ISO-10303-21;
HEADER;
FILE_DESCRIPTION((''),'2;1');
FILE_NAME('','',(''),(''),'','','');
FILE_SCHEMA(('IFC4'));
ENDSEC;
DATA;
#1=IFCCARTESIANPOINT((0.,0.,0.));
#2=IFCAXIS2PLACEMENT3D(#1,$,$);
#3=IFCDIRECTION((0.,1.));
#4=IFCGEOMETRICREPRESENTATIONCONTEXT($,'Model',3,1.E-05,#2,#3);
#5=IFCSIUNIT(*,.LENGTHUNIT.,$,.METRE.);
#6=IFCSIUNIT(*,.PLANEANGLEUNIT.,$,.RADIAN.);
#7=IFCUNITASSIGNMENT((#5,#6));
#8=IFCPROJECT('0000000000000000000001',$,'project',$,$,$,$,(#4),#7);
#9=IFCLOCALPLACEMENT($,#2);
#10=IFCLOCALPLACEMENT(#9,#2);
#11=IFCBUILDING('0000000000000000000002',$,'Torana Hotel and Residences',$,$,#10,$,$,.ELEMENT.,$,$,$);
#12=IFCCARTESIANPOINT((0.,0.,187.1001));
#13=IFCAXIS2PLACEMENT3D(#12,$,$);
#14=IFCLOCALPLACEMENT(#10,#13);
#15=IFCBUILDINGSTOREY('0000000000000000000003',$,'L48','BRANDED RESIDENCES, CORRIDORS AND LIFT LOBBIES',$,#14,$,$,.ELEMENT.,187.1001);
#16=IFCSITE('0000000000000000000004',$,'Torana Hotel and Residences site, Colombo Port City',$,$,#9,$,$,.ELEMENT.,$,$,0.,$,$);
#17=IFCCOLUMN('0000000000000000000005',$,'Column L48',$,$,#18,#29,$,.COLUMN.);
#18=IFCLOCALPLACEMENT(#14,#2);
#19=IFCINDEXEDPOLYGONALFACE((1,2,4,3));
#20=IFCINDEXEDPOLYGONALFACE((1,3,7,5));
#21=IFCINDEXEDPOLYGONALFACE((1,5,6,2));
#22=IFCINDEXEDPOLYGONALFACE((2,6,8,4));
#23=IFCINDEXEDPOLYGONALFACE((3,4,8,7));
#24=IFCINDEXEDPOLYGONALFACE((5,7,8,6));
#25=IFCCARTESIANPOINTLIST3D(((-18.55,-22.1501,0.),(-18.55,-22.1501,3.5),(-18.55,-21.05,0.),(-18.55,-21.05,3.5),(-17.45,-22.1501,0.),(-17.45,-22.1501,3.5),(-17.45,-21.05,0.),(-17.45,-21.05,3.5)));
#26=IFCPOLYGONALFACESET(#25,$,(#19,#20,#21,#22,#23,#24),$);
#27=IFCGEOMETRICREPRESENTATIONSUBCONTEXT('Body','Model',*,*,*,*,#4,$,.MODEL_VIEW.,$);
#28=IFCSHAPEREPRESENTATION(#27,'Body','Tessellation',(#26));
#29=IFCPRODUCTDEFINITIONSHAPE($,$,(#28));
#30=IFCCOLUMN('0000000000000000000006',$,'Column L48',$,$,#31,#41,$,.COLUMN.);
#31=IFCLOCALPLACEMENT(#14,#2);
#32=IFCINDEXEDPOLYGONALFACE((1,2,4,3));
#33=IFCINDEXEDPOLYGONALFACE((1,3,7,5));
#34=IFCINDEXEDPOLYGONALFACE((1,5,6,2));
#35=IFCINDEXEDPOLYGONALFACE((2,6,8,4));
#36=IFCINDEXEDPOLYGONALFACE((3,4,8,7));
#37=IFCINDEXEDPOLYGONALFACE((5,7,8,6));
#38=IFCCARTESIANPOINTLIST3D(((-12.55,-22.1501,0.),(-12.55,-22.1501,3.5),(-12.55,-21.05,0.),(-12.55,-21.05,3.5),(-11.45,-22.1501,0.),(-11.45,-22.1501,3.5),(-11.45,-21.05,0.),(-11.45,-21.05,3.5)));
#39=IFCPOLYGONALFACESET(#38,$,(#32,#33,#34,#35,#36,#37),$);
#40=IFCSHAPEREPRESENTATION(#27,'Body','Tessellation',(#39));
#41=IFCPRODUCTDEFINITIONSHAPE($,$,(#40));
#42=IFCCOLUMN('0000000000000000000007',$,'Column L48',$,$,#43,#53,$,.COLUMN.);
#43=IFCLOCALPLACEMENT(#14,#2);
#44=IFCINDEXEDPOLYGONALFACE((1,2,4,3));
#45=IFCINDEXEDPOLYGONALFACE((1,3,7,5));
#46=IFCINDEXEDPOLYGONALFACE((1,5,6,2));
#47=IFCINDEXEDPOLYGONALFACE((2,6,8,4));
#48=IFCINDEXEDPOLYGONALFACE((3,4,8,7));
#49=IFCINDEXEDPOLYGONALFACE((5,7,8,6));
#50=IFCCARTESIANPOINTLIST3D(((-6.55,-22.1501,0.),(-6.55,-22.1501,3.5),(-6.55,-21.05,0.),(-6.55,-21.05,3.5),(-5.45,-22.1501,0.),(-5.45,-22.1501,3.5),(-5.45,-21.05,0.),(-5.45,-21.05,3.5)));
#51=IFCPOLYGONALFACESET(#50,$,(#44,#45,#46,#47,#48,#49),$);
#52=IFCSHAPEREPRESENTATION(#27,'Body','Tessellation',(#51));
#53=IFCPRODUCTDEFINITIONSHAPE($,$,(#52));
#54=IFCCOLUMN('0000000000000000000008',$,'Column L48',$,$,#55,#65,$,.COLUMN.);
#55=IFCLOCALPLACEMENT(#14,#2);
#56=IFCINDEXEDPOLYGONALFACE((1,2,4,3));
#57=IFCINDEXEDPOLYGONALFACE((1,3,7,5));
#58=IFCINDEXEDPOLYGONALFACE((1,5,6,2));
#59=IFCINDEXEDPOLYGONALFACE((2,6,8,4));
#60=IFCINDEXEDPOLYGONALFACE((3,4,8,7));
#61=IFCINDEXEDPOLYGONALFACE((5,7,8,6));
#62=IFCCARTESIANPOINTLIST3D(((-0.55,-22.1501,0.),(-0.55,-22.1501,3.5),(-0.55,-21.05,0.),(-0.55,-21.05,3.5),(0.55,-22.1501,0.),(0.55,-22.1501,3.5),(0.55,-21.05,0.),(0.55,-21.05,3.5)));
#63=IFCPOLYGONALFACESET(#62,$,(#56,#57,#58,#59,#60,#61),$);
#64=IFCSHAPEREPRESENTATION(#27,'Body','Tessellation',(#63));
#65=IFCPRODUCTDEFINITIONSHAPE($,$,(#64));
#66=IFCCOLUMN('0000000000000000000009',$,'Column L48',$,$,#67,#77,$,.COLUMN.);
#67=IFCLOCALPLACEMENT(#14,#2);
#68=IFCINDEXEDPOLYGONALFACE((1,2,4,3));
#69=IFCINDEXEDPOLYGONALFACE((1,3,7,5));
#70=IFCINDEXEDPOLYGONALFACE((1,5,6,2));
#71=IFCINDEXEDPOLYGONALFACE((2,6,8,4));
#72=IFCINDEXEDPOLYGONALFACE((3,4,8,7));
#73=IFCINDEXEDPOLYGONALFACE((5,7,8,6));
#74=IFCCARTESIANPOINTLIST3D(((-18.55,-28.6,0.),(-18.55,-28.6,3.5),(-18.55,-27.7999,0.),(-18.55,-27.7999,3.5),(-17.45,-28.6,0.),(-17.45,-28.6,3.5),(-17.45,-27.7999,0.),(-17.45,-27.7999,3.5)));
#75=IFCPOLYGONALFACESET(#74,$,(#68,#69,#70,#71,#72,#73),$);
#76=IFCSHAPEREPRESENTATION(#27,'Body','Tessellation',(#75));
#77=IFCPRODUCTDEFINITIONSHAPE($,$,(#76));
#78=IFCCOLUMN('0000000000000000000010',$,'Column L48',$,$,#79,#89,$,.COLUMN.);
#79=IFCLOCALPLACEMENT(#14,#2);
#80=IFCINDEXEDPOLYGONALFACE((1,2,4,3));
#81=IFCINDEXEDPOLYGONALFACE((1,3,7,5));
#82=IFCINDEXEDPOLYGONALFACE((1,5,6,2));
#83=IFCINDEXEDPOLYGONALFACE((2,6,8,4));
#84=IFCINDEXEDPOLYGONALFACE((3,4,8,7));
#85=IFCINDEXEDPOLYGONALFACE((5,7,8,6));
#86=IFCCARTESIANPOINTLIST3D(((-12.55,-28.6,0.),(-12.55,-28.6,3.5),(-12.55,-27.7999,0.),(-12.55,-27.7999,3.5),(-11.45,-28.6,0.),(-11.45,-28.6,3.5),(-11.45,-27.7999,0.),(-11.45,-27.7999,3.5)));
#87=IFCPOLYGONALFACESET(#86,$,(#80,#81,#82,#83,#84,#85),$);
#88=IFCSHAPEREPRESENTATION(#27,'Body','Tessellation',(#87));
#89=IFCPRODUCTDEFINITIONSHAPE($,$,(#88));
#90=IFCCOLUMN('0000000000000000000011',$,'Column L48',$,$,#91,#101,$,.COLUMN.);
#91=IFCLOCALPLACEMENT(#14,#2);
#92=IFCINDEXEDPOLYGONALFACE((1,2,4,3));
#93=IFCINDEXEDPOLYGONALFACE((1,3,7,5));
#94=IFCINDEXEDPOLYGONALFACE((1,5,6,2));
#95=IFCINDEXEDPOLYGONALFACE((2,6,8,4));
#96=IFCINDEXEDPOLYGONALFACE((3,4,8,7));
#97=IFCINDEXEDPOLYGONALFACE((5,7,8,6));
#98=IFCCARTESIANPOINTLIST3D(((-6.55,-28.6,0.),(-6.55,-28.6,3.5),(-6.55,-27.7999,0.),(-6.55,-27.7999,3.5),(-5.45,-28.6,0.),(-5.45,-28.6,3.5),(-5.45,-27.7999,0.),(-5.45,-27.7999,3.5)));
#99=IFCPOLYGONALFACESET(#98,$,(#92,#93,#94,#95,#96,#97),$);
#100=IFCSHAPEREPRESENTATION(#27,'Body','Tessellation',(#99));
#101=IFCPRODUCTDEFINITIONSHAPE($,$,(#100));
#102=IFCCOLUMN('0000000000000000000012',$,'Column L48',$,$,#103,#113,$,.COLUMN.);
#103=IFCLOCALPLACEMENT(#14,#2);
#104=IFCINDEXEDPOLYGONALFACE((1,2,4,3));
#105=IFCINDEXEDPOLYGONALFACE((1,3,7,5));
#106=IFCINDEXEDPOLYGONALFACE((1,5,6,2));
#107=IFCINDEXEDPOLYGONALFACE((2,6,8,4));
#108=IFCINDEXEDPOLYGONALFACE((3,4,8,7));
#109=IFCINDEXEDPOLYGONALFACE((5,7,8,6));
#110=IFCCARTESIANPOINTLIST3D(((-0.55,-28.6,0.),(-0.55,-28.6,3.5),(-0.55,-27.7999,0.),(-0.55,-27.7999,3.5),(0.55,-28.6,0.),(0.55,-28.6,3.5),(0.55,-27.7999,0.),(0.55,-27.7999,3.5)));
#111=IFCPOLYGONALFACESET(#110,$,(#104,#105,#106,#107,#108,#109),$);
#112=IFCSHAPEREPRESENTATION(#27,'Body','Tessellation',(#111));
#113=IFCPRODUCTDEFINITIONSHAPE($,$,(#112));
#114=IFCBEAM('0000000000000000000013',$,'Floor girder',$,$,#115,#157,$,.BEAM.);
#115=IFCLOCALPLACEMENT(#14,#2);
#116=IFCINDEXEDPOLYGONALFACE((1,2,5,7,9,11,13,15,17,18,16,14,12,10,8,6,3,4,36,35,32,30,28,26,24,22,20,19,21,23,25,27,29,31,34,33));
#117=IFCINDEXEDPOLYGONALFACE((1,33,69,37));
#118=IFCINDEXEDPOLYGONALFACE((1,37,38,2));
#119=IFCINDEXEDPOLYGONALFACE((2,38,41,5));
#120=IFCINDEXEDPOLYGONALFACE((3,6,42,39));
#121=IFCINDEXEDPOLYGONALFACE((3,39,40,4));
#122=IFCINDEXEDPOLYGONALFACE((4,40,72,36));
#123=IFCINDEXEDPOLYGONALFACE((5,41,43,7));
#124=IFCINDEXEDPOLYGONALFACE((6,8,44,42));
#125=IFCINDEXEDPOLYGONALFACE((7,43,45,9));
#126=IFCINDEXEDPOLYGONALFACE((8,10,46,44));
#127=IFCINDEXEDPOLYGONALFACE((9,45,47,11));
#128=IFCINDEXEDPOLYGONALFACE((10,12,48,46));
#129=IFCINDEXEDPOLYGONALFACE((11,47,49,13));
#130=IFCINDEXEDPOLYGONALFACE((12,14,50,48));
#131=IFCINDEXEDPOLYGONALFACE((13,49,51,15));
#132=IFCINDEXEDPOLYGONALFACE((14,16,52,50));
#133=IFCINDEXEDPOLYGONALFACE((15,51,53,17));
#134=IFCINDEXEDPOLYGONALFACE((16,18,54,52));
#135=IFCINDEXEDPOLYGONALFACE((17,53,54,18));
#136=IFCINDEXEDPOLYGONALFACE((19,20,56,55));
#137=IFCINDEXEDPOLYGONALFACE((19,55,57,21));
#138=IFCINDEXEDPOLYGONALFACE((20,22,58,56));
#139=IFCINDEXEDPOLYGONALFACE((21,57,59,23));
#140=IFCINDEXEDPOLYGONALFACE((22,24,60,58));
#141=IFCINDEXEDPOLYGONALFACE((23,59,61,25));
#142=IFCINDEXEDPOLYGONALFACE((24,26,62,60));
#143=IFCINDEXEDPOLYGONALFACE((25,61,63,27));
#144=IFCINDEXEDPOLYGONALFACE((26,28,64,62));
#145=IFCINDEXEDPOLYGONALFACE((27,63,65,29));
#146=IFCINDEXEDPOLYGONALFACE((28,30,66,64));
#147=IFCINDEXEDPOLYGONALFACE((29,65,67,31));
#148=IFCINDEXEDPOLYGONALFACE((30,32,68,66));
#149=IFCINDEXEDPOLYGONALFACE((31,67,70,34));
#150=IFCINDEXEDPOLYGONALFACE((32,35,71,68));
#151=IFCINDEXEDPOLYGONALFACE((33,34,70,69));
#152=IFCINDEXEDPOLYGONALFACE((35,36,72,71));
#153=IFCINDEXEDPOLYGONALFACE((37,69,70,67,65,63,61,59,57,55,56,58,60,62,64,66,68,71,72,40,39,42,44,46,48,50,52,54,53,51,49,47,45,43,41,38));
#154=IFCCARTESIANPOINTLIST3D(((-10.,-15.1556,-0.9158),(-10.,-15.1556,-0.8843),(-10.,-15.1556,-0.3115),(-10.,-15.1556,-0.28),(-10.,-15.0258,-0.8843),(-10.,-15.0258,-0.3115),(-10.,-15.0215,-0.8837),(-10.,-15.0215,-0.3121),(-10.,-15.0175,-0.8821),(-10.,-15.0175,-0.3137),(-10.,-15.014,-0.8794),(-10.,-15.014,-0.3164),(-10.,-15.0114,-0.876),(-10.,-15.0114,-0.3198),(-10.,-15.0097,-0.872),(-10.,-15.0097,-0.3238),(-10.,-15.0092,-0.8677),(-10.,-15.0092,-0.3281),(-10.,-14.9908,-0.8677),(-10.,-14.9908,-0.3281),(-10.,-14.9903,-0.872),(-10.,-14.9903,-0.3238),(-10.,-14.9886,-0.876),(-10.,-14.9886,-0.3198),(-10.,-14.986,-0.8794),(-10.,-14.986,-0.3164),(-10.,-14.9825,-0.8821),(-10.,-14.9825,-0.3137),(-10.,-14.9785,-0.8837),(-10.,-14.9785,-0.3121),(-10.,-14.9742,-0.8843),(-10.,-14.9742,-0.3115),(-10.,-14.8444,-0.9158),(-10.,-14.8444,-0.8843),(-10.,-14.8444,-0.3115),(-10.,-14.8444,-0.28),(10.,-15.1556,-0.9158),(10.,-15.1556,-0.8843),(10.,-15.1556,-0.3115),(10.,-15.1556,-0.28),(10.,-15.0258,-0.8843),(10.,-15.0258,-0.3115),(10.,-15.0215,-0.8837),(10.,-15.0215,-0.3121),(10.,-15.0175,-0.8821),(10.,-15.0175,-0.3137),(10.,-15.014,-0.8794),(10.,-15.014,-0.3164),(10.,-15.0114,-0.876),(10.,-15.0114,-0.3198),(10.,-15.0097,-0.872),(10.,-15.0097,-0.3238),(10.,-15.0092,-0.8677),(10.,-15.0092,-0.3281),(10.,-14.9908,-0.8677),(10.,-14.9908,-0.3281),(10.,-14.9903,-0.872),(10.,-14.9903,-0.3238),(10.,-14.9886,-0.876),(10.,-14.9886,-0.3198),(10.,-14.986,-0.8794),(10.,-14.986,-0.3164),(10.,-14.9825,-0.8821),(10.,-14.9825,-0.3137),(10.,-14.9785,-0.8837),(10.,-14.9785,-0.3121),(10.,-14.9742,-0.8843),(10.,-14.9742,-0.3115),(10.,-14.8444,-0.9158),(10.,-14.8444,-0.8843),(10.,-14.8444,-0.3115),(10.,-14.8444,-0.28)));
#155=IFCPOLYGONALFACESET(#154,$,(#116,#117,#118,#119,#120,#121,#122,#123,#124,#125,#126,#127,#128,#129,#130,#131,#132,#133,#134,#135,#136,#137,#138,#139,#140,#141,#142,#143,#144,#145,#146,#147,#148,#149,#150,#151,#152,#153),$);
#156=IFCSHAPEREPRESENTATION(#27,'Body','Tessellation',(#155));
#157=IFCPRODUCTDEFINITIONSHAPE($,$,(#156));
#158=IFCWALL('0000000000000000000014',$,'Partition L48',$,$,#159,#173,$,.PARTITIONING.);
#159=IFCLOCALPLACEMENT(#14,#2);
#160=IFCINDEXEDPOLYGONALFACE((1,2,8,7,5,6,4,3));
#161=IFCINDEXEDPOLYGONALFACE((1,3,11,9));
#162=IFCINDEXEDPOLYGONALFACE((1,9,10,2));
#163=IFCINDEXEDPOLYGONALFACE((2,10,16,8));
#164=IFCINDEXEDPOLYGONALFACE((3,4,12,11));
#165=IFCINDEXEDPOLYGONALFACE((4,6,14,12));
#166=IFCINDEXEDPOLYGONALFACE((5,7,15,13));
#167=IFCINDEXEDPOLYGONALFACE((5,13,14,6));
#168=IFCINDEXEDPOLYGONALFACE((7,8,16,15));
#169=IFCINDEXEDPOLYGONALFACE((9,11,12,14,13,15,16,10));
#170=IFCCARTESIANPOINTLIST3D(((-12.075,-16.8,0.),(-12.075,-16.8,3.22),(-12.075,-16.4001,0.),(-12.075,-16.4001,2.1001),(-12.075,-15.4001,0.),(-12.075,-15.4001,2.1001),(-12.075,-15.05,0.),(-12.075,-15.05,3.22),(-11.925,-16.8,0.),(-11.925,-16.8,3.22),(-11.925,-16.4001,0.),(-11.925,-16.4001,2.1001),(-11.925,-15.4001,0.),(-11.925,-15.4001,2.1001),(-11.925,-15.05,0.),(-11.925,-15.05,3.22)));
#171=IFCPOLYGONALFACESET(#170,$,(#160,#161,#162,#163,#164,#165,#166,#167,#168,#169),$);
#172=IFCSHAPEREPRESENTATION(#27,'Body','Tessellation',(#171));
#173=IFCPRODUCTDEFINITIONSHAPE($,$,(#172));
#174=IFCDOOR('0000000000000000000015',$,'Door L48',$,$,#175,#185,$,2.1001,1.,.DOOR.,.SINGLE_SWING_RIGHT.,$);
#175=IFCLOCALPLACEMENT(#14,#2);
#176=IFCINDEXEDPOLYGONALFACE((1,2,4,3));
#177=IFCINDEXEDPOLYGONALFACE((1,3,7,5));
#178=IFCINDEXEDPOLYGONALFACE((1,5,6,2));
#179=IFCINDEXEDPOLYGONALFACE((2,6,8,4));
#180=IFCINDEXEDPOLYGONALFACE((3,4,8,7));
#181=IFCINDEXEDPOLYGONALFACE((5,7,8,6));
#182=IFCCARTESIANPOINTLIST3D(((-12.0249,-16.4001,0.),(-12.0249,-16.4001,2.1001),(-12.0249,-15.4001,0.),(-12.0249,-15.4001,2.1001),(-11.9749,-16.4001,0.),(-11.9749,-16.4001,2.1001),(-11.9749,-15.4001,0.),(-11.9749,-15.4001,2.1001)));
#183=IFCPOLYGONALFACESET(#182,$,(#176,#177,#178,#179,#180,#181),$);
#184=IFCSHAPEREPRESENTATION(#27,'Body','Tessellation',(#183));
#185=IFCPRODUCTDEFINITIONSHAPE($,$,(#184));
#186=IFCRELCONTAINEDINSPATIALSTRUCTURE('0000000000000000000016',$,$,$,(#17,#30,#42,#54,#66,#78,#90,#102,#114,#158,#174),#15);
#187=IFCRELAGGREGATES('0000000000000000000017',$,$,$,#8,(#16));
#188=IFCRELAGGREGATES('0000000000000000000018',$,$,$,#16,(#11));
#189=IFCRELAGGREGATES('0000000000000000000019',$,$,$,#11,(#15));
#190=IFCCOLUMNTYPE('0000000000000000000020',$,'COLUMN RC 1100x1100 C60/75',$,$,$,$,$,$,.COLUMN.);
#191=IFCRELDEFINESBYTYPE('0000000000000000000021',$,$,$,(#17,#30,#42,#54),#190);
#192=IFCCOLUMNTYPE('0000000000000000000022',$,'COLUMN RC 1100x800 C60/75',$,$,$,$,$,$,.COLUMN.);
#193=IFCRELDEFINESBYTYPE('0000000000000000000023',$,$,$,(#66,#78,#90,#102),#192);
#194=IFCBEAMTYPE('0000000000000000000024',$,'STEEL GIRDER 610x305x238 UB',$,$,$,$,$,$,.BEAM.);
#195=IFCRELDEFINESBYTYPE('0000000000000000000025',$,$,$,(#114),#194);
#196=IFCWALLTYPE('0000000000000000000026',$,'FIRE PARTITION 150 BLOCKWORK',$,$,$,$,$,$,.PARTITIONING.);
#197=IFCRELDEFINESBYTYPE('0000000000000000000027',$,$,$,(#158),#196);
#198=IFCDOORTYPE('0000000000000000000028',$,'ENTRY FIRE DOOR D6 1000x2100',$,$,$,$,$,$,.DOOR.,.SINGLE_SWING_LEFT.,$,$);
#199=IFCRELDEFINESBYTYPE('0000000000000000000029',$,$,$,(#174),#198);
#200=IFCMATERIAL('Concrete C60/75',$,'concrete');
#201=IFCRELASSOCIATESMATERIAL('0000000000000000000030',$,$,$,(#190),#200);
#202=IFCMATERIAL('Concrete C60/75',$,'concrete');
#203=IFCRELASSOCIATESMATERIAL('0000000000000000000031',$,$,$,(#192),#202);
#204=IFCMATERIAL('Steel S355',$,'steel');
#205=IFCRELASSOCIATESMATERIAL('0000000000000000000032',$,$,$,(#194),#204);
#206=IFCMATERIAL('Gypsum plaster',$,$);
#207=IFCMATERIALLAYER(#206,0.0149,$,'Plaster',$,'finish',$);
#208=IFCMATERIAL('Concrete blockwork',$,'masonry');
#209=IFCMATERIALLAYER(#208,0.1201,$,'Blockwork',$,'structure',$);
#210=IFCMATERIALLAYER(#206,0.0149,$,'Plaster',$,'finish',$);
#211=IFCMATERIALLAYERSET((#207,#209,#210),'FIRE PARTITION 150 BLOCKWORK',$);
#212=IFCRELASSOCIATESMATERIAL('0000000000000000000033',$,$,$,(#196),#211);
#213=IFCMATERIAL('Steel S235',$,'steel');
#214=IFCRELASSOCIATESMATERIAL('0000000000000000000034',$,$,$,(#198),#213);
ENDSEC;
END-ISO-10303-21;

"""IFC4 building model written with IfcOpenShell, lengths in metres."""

from ifc_helpers import new_model, si_unit, direction, frame, frame_2d, origin, origin_2d, place, context, subcontext, project, spatial, rectangle, i_section, extrude, material, layer, layer_set, material_profile, profile_set, type_object, element, fill, save


model = new_model("IFC4")

# Units and contexts
model_context = context("Model", 3, precision=1e-05, world=origin(), true_north=direction((0.0, 1.0)))
body_context = subcontext(model_context, "Body", "Model", "MODEL_VIEW")
ifc_project = project(units=[si_unit("LENGTHUNIT", "METRE"), si_unit("PLANEANGLEUNIT", "RADIAN")], contexts=[model_context])

# Site, building, storey
site_placement = place(None, origin())
site = spatial("IfcSite", under=ifc_project, at=site_placement, Name="Torana Hotel and Residences site, Colombo Port City", CompositionType="ELEMENT", RefElevation=0.0)
building_placement = place(site_placement, origin())
building = spatial("IfcBuilding", under=site, at=building_placement, Name="Torana Hotel and Residences", CompositionType="ELEMENT")
storey_placement = place(building_placement, frame((0.0, 0.0, 187.1001)))
storey = spatial("IfcBuildingStorey", under=building, at=storey_placement, Name="L48", Description="BRANDED RESIDENCES, CORRIDORS AND LIFT LOBBIES", CompositionType="ELEMENT", Elevation=187.1001)

# Columns
ifc_material_1 = material(Name="Concrete C60/75", Category="concrete")
ifc_material_profile_1 = material_profile(ifc_material_1, rectangle(XDim=1.1001, YDim=1.1001, at=origin_2d()), Name="RC 1100x1100")
ifc_profile_set_1 = profile_set([ifc_material_profile_1], Name="Concrete C60/75")
column_type_1 = type_object("IfcColumnType", Name="COLUMN RC 1100x1100 C60/75", PredefinedType="COLUMN", material=ifc_profile_set_1)
for number, where, z_axis, x_axis, name in (
    (1, (-18.0, -21.6001, 0.0), (0.0, 0.0, 1.0), (1.0, 0.0, 0.0), "Column L48"),
    (2, (-12.0, -21.6001, 0.0), (0.0, 0.0, 1.0), (1.0, 0.0, 0.0), "Column L48"),
    (3, (-6.0, -21.6001, 0.0), (0.0, 0.0, 1.0), (1.0, 0.0, 0.0), "Column L48"),
    (4, (0.0, -21.6001, 0.0), (0.0, 0.0, 1.0), (1.0, 0.0, 0.0), "Column L48"),
):
    element("IfcColumn", number, at=place(storey_placement, frame(where, z_axis=z_axis, x_axis=x_axis)), inside=storey, type_object=column_type_1, Name=name, PredefinedType="COLUMN", context=body_context, shape_type="SweptSolid", body=[
        extrude(rectangle(XDim=1.1001, YDim=1.1001, at=origin_2d()), origin(), (0.0, 0.0, 1.0), 3.5),
    ])
ifc_material_2 = material(Name="Concrete C60/75", Category="concrete")
ifc_material_profile_2 = material_profile(ifc_material_2, rectangle(XDim=1.1001, YDim=0.8, at=origin_2d()), Name="RC 1100x800")
ifc_profile_set_2 = profile_set([ifc_material_profile_2], Name="Concrete C60/75")
column_type_2 = type_object("IfcColumnType", Name="COLUMN RC 1100x800 C60/75", PredefinedType="COLUMN", material=ifc_profile_set_2)
for number, where, z_axis, x_axis, name in (
    (5, (-18.0, -28.2, 0.0), (0.0, 0.0, 1.0), (1.0, 0.0, 0.0), "Column L48"),
    (6, (-12.0, -28.2, 0.0), (0.0, 0.0, 1.0), (1.0, 0.0, 0.0), "Column L48"),
    (7, (-6.0, -28.2, 0.0), (0.0, 0.0, 1.0), (1.0, 0.0, 0.0), "Column L48"),
    (8, (0.0, -28.2, 0.0), (0.0, 0.0, 1.0), (1.0, 0.0, 0.0), "Column L48"),
):
    element("IfcColumn", number, at=place(storey_placement, frame(where, z_axis=z_axis, x_axis=x_axis)), inside=storey, type_object=column_type_2, Name=name, PredefinedType="COLUMN", context=body_context, shape_type="SweptSolid", body=[
        extrude(rectangle(XDim=1.1001, YDim=0.8, at=origin_2d()), origin(), (0.0, 0.0, 1.0), 3.5),
    ])

# Beam
ifc_material_3 = material(Name="Steel S355", Category="steel")
ifc_material_profile_3 = material_profile(ifc_material_3, i_section(OverallWidth=0.3113, OverallDepth=0.6357, WebThickness=0.0183, FlangeThickness=0.0315, FilletRadius=0.0166, at=origin_2d()), Name="610x305x238 UB")
ifc_profile_set_3 = profile_set([ifc_material_profile_3], Name="Steel S355")
beam_type = type_object("IfcBeamType", Name="STEEL GIRDER 610x305x238 UB", PredefinedType="BEAM", material=ifc_profile_set_3)
beam_placement = place(storey_placement, frame((-10.0, -15.0, -0.5979), z_axis=(1.0, 0.0, 0.0), x_axis=(0.0, 1.0, 0.0)))
element("IfcBeam", 9, at=beam_placement, inside=storey, type_object=beam_type, Name="Floor girder", PredefinedType="BEAM", context=body_context, shape_type="SweptSolid", body=[
    extrude(i_section(OverallWidth=0.3113, OverallDepth=0.6357, WebThickness=0.0183, FlangeThickness=0.0315, FilletRadius=0.0166, at=origin_2d()), origin(), (0.0, 0.0, 1.0), 20.0),
])

# Wall, opening, door
ifc_material_4 = material(Name="Gypsum plaster")
ifc_layer_1 = layer(ifc_material_4, 0.0149, Name="Plaster", Category="finish")
ifc_material_5 = material(Name="Concrete blockwork", Category="masonry")
ifc_layer_2 = layer(ifc_material_5, 0.1201, Name="Blockwork", Category="structure")
ifc_layer_3 = layer(ifc_material_4, 0.0149, Name="Plaster", Category="finish")
ifc_layer_set_1 = layer_set([ifc_layer_1, ifc_layer_2, ifc_layer_3], Name="FIRE PARTITION 150 BLOCKWORK")
wall_type_1 = type_object("IfcWallType", Name="FIRE PARTITION 150 BLOCKWORK", PredefinedType="PARTITIONING", material=ifc_layer_set_1)
wall_1_placement = place(storey_placement, frame((-12.0, -16.8, 0.0), z_axis=(0.0, 0.0, 1.0), x_axis=(0.0, 1.0, 0.0)))
wall_1 = element("IfcWall", 10, at=wall_1_placement, inside=storey, type_object=wall_type_1, Name="Partition L48", PredefinedType="PARTITIONING", context=body_context, shape_type="SweptSolid", body=[
    extrude(rectangle(XDim=1.75, YDim=0.1499, at=frame_2d((0.875, 0.0))), origin(), (0.0, 0.0, 1.0), 3.22),
])
opening_1_placement = place(wall_1_placement, frame((0.3999, 0.0, 0.0)))
opening_1 = element("IfcOpeningElement", 11, at=opening_1_placement, cuts=wall_1, PredefinedType="OPENING", context=body_context, shape_type="SweptSolid", body=[
    extrude(rectangle(XDim=1.0, YDim=2.1001, at=frame_2d((0.5, 1.05))), frame((0.0, 0.085, 0.0), z_axis=(0.0, -1.0, 0.0), x_axis=(1.0, 0.0, 0.0)), (0.0, 0.0, 1.0), 0.1699),
])
ifc_material_6 = material(Name="Steel S235", Category="steel")
door_type_1 = type_object("IfcDoorType", Name="ENTRY FIRE DOOR D6 1000x2100", OperationType="SINGLE_SWING_LEFT", PredefinedType="DOOR", material=ifc_material_6)
door_1_placement = place(opening_1_placement, origin())
door_1 = element("IfcDoor", 12, at=door_1_placement, inside=storey, type_object=door_type_1, Name="Door L48", OperationType="SINGLE_SWING_RIGHT", OverallHeight=2.1001, OverallWidth=1.0, PredefinedType="DOOR", context=body_context, shape_type="SweptSolid", body=[
    extrude(rectangle(XDim=1.0, YDim=2.1001, at=frame_2d((0.5, 1.05))), frame((0.0, 0.0249, 0.0), z_axis=(0.0, -1.0, 0.0), x_axis=(1.0, 0.0, 0.0)), (0.0, 0.0, 1.0), 0.05),
])
fill(opening_1, door_1)

save(model, "model.ifc")
